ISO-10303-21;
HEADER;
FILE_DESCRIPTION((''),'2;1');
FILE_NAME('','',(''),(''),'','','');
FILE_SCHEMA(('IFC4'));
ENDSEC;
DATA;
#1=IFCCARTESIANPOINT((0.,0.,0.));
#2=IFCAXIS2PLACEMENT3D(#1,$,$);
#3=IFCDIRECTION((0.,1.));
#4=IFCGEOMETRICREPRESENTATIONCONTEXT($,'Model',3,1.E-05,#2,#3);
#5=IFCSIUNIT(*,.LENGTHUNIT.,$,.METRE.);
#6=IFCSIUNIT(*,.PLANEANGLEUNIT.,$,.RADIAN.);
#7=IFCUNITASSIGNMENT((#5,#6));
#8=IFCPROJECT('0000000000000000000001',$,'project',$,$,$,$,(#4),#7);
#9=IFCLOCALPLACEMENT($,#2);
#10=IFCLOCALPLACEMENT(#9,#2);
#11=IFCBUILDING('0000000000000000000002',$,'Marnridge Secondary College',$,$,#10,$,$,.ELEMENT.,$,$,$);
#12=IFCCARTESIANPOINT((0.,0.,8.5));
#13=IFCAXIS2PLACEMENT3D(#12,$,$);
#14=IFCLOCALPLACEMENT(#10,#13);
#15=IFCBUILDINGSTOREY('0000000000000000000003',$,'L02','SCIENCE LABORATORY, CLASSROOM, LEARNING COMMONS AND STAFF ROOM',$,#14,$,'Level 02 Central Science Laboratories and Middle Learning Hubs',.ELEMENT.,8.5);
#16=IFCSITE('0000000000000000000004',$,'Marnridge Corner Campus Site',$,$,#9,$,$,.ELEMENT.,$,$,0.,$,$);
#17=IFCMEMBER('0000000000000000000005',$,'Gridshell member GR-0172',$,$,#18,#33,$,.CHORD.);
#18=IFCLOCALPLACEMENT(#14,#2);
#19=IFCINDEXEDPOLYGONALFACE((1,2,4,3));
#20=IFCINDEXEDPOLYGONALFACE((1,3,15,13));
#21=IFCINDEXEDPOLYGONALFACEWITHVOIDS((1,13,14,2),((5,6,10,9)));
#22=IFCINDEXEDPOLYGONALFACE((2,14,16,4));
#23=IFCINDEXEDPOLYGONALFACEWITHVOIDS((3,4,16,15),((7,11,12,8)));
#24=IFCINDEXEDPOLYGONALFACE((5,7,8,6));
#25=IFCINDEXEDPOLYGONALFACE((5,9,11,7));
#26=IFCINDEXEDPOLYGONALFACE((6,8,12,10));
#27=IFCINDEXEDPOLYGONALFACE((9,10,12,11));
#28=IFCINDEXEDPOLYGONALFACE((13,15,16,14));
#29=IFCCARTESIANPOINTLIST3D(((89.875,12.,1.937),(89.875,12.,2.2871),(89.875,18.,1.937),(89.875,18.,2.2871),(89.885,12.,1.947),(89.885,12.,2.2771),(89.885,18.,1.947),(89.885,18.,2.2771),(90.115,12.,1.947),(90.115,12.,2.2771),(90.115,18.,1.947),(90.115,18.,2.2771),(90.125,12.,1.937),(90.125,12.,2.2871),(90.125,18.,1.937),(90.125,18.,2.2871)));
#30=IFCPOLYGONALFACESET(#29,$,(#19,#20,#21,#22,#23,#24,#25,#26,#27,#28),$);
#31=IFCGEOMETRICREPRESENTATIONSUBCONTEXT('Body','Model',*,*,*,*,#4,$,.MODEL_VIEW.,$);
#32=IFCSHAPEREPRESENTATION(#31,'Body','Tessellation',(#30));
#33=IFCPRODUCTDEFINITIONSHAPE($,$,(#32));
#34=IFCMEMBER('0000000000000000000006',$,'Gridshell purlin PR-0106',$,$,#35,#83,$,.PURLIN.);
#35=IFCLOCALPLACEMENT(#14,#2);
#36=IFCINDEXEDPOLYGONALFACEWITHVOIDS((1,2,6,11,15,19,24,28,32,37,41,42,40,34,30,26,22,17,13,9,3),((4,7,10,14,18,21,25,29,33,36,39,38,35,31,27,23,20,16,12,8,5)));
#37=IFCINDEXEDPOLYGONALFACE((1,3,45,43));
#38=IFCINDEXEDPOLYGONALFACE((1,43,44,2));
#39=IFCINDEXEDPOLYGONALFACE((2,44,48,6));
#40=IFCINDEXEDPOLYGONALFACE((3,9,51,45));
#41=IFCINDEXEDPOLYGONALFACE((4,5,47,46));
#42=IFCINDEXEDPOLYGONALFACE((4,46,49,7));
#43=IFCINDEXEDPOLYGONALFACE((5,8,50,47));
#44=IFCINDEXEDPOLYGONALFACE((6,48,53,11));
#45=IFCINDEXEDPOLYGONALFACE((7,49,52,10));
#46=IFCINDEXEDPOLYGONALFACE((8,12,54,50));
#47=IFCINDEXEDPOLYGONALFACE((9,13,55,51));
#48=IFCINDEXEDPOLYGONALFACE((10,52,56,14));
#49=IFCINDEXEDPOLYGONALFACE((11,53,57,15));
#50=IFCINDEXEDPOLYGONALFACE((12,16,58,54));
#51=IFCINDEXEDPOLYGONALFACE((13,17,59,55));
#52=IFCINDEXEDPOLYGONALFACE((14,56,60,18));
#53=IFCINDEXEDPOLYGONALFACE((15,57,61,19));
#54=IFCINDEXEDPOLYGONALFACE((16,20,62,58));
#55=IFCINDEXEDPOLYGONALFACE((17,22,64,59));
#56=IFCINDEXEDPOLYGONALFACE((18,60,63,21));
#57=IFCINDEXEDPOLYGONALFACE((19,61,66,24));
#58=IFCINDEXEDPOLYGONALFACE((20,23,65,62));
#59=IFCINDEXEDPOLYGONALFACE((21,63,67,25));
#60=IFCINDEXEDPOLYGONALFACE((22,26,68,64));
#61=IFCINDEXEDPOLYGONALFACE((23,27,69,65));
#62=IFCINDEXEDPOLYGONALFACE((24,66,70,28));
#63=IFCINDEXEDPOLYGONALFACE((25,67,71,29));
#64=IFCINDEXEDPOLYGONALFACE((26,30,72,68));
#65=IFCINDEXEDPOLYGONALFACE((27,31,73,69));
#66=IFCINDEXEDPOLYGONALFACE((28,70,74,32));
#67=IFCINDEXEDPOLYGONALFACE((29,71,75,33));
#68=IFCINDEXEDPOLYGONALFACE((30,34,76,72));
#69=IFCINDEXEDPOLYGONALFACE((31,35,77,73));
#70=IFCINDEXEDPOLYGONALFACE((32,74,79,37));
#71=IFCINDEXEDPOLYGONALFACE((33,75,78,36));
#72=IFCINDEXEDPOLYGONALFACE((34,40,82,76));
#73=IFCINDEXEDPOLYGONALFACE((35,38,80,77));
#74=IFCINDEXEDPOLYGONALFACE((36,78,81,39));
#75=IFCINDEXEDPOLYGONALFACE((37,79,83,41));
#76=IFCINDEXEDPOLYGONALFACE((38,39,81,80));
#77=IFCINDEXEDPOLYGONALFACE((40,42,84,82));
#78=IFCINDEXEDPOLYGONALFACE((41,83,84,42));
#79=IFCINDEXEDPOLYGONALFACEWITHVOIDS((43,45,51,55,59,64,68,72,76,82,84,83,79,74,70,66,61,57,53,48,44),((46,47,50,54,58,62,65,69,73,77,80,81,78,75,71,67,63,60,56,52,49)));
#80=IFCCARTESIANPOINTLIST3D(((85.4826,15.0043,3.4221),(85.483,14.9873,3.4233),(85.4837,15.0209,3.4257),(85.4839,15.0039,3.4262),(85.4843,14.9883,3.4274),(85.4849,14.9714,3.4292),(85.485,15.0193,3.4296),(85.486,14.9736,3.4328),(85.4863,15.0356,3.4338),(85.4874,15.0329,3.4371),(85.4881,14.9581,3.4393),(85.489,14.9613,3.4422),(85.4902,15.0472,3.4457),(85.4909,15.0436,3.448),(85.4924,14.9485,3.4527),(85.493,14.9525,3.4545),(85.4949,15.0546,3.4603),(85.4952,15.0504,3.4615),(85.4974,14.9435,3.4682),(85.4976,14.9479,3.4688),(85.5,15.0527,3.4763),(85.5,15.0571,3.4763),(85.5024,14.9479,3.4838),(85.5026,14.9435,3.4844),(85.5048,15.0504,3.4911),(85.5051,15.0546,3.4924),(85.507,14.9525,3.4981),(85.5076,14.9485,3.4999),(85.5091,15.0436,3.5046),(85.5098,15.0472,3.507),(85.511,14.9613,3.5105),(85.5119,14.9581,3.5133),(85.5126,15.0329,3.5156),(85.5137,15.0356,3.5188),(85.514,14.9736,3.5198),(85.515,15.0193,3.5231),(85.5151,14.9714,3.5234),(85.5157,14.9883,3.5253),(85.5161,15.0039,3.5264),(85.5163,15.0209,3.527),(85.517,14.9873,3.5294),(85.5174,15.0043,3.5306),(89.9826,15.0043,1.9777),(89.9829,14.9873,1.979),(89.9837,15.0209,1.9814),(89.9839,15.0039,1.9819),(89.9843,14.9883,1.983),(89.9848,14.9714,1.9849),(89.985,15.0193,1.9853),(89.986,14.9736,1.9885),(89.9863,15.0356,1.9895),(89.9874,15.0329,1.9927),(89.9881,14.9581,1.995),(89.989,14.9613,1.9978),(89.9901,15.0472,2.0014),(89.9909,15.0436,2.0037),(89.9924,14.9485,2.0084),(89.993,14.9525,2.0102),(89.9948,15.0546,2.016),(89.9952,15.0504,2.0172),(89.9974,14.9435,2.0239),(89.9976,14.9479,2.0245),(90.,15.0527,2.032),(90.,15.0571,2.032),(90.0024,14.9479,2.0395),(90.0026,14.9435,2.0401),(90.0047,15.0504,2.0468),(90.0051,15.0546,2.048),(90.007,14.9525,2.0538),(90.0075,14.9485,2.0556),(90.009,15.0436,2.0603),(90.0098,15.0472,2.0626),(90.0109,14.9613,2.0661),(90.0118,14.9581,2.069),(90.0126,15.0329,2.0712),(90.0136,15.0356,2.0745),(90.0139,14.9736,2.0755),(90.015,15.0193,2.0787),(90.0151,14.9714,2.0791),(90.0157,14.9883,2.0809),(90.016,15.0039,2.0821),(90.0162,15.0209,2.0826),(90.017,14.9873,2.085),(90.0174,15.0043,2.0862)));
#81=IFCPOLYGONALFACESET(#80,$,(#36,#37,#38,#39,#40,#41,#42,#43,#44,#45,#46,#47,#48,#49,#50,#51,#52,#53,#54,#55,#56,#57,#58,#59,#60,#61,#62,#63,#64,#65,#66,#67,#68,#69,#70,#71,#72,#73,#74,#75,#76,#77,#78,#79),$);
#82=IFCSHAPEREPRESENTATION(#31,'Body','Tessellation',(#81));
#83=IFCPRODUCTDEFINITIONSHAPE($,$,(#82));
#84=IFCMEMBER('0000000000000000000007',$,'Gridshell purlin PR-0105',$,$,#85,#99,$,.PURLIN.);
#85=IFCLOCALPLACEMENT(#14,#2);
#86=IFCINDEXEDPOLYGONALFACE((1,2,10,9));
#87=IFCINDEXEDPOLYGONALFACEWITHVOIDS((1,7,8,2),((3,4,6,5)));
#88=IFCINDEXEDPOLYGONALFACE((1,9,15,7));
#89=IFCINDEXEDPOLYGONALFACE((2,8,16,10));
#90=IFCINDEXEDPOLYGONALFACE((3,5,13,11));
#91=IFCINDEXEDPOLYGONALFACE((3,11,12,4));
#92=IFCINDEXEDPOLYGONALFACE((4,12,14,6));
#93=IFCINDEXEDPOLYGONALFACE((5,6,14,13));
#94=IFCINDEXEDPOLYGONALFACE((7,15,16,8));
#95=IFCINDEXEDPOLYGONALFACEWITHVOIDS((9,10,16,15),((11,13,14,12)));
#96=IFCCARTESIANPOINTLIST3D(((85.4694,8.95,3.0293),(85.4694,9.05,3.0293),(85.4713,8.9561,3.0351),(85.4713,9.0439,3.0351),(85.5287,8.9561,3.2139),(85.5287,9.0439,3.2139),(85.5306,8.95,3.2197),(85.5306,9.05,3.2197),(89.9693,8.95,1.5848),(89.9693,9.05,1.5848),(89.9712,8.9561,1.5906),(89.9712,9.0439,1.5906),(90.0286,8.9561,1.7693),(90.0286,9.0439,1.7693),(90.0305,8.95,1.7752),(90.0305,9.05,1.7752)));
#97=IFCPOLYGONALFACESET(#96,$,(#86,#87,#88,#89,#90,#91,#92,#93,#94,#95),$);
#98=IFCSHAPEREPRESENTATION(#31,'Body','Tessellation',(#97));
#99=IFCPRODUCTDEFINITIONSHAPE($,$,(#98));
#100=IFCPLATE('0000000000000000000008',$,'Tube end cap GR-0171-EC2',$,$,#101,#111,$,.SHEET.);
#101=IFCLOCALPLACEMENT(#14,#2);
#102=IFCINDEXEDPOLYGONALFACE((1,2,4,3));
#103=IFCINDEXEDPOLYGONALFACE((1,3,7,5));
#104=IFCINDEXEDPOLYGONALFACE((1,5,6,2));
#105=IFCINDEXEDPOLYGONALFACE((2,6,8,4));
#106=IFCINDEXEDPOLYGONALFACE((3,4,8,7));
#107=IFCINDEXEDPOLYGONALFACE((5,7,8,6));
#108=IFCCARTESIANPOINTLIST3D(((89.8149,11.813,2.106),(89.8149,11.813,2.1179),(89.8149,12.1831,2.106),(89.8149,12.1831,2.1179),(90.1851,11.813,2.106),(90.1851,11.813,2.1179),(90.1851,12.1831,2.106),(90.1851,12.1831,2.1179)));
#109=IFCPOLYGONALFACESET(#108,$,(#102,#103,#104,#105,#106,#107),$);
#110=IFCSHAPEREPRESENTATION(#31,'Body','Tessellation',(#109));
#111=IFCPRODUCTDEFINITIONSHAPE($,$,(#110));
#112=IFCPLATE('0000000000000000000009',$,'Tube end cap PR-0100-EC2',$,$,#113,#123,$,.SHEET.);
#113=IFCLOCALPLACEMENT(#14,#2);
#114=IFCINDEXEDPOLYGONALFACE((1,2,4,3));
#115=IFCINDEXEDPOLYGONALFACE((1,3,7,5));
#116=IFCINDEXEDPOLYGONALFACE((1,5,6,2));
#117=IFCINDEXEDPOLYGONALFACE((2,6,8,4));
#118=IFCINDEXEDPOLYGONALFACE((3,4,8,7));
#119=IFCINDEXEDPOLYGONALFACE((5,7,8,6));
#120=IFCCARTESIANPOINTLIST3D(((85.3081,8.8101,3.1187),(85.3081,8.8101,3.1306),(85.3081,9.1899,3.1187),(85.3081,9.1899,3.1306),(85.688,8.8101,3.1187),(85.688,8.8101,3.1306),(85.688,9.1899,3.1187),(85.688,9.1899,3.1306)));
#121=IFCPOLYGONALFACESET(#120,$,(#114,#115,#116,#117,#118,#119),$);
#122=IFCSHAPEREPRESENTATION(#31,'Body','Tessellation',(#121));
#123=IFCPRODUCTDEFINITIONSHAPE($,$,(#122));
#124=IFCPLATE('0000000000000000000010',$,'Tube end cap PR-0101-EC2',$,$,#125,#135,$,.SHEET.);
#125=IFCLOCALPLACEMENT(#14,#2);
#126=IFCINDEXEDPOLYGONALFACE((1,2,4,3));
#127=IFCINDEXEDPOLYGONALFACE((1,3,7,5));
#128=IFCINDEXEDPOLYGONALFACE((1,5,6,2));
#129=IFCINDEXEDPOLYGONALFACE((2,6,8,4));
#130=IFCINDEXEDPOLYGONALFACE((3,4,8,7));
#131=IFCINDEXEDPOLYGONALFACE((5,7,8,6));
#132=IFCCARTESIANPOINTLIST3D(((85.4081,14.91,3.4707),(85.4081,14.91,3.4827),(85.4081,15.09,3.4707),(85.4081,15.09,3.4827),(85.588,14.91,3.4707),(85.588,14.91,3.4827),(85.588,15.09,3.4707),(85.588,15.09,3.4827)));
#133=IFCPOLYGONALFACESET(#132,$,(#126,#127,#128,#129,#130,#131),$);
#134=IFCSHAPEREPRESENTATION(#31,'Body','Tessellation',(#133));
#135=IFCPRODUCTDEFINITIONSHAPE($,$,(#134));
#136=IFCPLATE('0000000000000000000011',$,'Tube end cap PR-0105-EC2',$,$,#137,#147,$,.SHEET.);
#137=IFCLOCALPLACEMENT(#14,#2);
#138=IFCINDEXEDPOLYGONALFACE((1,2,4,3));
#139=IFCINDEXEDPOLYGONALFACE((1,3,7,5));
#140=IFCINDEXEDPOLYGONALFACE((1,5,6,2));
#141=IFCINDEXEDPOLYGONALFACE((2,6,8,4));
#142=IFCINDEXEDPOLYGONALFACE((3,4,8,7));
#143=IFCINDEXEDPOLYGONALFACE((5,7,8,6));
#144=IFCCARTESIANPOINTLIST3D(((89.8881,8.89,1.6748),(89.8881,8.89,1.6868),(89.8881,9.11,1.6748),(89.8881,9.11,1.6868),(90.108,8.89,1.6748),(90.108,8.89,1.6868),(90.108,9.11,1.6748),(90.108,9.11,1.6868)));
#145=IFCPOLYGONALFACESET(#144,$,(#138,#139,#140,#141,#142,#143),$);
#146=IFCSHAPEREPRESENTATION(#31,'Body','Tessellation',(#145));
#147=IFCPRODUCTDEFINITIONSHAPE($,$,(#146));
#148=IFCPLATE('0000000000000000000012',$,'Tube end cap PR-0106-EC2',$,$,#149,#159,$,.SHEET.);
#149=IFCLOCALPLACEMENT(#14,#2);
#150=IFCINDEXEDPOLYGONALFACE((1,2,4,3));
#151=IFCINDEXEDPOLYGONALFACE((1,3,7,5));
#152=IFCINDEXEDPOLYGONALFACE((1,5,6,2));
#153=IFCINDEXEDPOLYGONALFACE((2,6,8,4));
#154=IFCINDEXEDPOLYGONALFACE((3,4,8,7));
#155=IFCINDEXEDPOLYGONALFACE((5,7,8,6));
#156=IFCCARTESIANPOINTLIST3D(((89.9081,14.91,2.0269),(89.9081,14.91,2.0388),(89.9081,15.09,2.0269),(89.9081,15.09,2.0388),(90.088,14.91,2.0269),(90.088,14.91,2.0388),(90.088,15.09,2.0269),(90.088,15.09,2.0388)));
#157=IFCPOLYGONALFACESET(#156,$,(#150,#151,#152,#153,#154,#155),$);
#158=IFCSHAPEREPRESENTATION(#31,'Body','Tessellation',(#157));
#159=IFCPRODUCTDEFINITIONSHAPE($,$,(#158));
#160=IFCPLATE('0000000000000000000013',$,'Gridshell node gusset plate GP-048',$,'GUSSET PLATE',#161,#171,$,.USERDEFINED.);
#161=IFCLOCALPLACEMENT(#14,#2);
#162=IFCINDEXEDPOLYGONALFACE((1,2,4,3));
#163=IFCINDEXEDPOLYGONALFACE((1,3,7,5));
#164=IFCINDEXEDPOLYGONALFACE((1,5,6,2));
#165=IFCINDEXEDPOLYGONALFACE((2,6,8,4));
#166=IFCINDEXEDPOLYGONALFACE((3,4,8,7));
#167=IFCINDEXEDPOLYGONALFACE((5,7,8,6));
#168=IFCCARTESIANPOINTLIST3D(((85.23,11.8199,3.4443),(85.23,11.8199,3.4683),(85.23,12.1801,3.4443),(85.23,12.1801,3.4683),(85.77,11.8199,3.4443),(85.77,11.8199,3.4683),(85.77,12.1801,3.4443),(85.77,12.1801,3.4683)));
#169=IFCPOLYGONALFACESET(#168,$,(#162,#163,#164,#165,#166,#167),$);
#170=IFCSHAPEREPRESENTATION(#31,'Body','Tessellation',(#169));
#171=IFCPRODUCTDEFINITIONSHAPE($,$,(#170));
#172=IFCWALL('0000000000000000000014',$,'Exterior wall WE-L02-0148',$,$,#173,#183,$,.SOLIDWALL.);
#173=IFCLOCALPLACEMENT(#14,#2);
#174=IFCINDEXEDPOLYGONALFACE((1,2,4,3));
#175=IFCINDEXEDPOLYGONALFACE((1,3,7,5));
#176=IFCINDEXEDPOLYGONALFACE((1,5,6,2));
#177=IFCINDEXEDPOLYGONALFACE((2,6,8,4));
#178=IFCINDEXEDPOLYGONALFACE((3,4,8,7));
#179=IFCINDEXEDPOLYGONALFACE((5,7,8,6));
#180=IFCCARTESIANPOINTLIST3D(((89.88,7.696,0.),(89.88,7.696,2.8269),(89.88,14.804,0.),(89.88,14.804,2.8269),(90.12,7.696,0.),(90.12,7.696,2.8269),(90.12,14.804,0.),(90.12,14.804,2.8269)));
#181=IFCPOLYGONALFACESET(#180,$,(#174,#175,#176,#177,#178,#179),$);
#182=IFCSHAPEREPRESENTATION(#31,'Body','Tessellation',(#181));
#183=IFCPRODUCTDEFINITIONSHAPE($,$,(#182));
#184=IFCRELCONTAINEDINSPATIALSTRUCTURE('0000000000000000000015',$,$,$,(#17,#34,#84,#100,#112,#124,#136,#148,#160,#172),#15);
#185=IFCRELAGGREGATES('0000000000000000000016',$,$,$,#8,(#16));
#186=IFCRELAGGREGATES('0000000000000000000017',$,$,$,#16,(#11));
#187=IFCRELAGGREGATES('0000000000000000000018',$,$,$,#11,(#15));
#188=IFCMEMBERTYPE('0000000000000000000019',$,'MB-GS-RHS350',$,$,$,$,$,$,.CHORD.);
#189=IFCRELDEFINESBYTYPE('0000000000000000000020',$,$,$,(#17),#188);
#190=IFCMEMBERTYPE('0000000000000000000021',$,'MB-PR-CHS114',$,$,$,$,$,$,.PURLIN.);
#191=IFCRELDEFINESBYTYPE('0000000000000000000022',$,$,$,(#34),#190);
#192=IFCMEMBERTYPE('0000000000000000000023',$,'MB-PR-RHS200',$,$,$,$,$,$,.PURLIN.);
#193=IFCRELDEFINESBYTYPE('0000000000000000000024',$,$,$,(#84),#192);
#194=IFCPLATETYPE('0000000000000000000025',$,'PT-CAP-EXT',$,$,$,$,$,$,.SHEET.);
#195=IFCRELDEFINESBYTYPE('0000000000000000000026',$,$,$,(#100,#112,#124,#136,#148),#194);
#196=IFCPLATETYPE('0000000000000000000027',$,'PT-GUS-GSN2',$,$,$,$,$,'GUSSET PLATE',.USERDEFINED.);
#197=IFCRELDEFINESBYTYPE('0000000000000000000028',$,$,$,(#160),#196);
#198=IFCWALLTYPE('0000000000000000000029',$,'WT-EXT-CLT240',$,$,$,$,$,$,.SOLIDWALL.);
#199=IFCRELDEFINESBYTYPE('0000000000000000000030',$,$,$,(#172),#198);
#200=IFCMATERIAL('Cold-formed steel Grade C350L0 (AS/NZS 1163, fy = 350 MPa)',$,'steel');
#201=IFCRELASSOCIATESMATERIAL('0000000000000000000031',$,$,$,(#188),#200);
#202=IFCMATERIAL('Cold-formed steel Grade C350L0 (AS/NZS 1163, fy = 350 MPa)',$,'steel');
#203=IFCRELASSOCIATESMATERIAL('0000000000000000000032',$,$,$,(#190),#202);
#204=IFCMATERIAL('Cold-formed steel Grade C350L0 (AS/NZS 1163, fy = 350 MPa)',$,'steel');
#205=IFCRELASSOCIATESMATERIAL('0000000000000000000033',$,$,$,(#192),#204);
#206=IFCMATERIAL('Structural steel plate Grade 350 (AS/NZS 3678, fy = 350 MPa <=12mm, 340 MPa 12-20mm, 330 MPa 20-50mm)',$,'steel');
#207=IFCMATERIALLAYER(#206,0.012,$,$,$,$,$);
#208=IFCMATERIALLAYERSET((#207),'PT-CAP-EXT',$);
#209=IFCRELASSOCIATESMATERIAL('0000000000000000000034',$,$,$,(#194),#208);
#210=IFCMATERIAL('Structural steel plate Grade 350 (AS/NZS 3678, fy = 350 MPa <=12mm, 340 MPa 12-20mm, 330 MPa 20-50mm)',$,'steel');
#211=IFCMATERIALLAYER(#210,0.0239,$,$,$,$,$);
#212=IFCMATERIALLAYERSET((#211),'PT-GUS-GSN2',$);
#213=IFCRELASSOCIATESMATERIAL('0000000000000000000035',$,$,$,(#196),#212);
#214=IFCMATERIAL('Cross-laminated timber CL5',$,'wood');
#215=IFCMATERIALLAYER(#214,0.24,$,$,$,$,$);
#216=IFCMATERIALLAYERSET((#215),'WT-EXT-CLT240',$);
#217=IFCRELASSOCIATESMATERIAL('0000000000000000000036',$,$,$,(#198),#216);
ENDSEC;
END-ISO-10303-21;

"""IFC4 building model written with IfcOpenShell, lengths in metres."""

from ifc_helpers import new_model, si_unit, direction, frame, frame_2d, origin, origin_2d, place, context, subcontext, project, spatial, rectangle, hollow_rectangle, hollow_circle, extrude, material, layer, layer_set, material_profile, profile_set, type_object, element, save


model = new_model("IFC4")

# Units and contexts
model_context = context("Model", 3, precision=1e-05, world=origin(), true_north=direction((0.0, 1.0)))
body_context = subcontext(model_context, "Body", "Model", "MODEL_VIEW")
ifc_project = project(units=[si_unit("LENGTHUNIT", "METRE"), si_unit("PLANEANGLEUNIT", "RADIAN")], contexts=[model_context])

# Site, building, storey
site_placement = place(None, origin())
site = spatial("IfcSite", under=ifc_project, at=site_placement, Name="Marnridge Corner Campus Site", CompositionType="ELEMENT", RefElevation=0.0)
building_placement = place(site_placement, origin())
building = spatial("IfcBuilding", under=site, at=building_placement, Name="Marnridge Secondary College", CompositionType="ELEMENT")
storey_placement = place(building_placement, frame((0.0, 0.0, 8.5)))
storey = spatial("IfcBuildingStorey", under=building, at=storey_placement, Name="L02", Description="SCIENCE LABORATORY, CLASSROOM, LEARNING COMMONS AND STAFF ROOM", LongName="Level 02 Central Science Laboratories and Middle Learning Hubs", CompositionType="ELEMENT", Elevation=8.5)

# Members
ifc_material_1 = material(Name="Cold-formed steel Grade C350L0 (AS/NZS 1163, fy = 350 MPa)", Category="steel")
ifc_material_profile_1 = material_profile(ifc_material_1, hollow_rectangle(XDim=0.25, YDim=0.3501, WallThickness=0.01, at=origin_2d()), Name="350x250x10.0RHS")
ifc_profile_set_1 = profile_set([ifc_material_profile_1], Name="Cold-formed steel Grade C350L0 (AS/NZS 1163, fy = 350 MPa)")
member_type_1 = type_object("IfcMemberType", Name="MB-GS-RHS350", PredefinedType="CHORD", material=ifc_profile_set_1)
member_1_placement = place(storey_placement, frame((90.0, 12.0, 2.1121), z_axis=(0.0, 1.0, 0.0), x_axis=(-1.0, 0.0, 0.0)))
element("IfcMember", 1, at=member_1_placement, inside=storey, type_object=member_type_1, Name="Gridshell member GR-0172", PredefinedType="CHORD", context=body_context, shape_type="SweptSolid", body=[
    extrude(hollow_rectangle(XDim=0.25, YDim=0.3501, WallThickness=0.01, at=origin_2d()), origin(), (0.0, 0.0, 1.0), 6.0),
])
ifc_material_2 = material(Name="Cold-formed steel Grade C350L0 (AS/NZS 1163, fy = 350 MPa)", Category="steel")
ifc_material_profile_2 = material_profile(ifc_material_2, hollow_circle(Radius=0.0571, WallThickness=0.0044, at=origin_2d()), Name="114.3x4.5CHS")
ifc_profile_set_2 = profile_set([ifc_material_profile_2], Name="Cold-formed steel Grade C350L0 (AS/NZS 1163, fy = 350 MPa)")
member_type_2 = type_object("IfcMemberType", Name="MB-PR-CHS114", PredefinedType="PURLIN", material=ifc_profile_set_2)
member_2_placement = place(storey_placement, frame((85.5, 15.0, 3.4763), z_axis=(0.952157, 0.0, -0.305608), x_axis=(0.0, 1.0, 0.0)))
element("IfcMember", 2, at=member_2_placement, inside=storey, type_object=member_type_2, Name="Gridshell purlin PR-0106", PredefinedType="PURLIN", context=body_context, shape_type="SweptSolid", body=[
    extrude(hollow_circle(Radius=0.0571, WallThickness=0.0044, at=origin_2d()), origin(), (0.0, 0.0, 1.0), 4.7261),
])
ifc_material_3 = material(Name="Cold-formed steel Grade C350L0 (AS/NZS 1163, fy = 350 MPa)", Category="steel")
ifc_material_profile_3 = material_profile(ifc_material_3, hollow_rectangle(XDim=0.1001, YDim=0.2, WallThickness=0.0061, at=origin_2d()), Name="200x100x6.0RHS")
ifc_profile_set_3 = profile_set([ifc_material_profile_3], Name="Cold-formed steel Grade C350L0 (AS/NZS 1163, fy = 350 MPa)")
member_type_3 = type_object("IfcMemberType", Name="MB-PR-RHS200", PredefinedType="PURLIN", material=ifc_profile_set_3)
member_3_placement = place(storey_placement, frame((85.5, 9.0, 3.1245), z_axis=(0.952142, 0.0, -0.305655), x_axis=(0.0, 1.0, 0.0)))
element("IfcMember", 3, at=member_3_placement, inside=storey, type_object=member_type_3, Name="Gridshell purlin PR-0105", PredefinedType="PURLIN", context=body_context, shape_type="SweptSolid", body=[
    extrude(hollow_rectangle(XDim=0.1001, YDim=0.2, WallThickness=0.0061, at=origin_2d()), origin(), (0.0, 0.0, 1.0), 4.7261),
])

# Plates
ifc_material_4 = material(Name="Structural steel plate Grade 350 (AS/NZS 3678, fy = 350 MPa <=12mm, 340 MPa 12-20mm, 330 MPa 20-50mm)", Category="steel")
ifc_layer_1 = layer(ifc_material_4, 0.012)
ifc_layer_set_1 = layer_set([ifc_layer_1], Name="PT-CAP-EXT")
plate_type_1 = type_object("IfcPlateType", Name="PT-CAP-EXT", PredefinedType="SHEET", material=ifc_layer_set_1)
plate_1_placement = place(storey_placement, frame((90.0, 11.998, 2.106), z_axis=(0.0, 0.0, 1.0), x_axis=(0.0, 1.0, 0.0)))
element("IfcPlate", 4, at=plate_1_placement, inside=storey, type_object=plate_type_1, Name="Tube end cap GR-0171-EC2", PredefinedType="SHEET", context=body_context, shape_type="SweptSolid", body=[
    extrude(rectangle(XDim=0.3701, YDim=0.3701, at=origin_2d()), origin(), (0.0, 0.0, 1.0), 0.012),
])
plate_2_placement = place(storey_placement, frame((85.498, 9.0, 3.1187), z_axis=(0.0, 0.0, 1.0), x_axis=(1.0, 0.0, 0.0)))
element("IfcPlate", 5, at=plate_2_placement, inside=storey, type_object=plate_type_1, Name="Tube end cap PR-0100-EC2", PredefinedType="SHEET", context=body_context, shape_type="SweptSolid", body=[
    extrude(rectangle(XDim=0.3799, YDim=0.3799, at=origin_2d()), origin(), (0.0, 0.0, 1.0), 0.012),
])
plate_3_placement = place(storey_placement, frame((85.498, 15.0, 3.4707), z_axis=(0.0, 0.0, 1.0), x_axis=(1.0, 0.0, 0.0)))
element("IfcPlate", 6, at=plate_3_placement, inside=storey, type_object=plate_type_1, Name="Tube end cap PR-0101-EC2", PredefinedType="SHEET", context=body_context, shape_type="SweptSolid", body=[
    extrude(rectangle(XDim=0.1799, YDim=0.1799, at=origin_2d()), origin(), (0.0, 0.0, 1.0), 0.012),
])
plate_4_placement = place(storey_placement, frame((89.998, 9.0, 1.6748), z_axis=(0.0, 0.0, 1.0), x_axis=(1.0, 0.0, 0.0)))
element("IfcPlate", 7, at=plate_4_placement, inside=storey, type_object=plate_type_1, Name="Tube end cap PR-0105-EC2", PredefinedType="SHEET", context=body_context, shape_type="SweptSolid", body=[
    extrude(rectangle(XDim=0.22, YDim=0.22, at=origin_2d()), origin(), (0.0, 0.0, 1.0), 0.012),
])
plate_5_placement = place(storey_placement, frame((89.998, 15.0, 2.0269), z_axis=(0.0, 0.0, 1.0), x_axis=(1.0, 0.0, 0.0)))
element("IfcPlate", 8, at=plate_5_placement, inside=storey, type_object=plate_type_1, Name="Tube end cap PR-0106-EC2", PredefinedType="SHEET", context=body_context, shape_type="SweptSolid", body=[
    extrude(rectangle(XDim=0.1799, YDim=0.1799, at=origin_2d()), origin(), (0.0, 0.0, 1.0), 0.012),
])
ifc_material_5 = material(Name="Structural steel plate Grade 350 (AS/NZS 3678, fy = 350 MPa <=12mm, 340 MPa 12-20mm, 330 MPa 20-50mm)", Category="steel")
ifc_layer_2 = layer(ifc_material_5, 0.0239)
ifc_layer_set_2 = layer_set([ifc_layer_2], Name="PT-GUS-GSN2")
plate_type_2 = type_object("IfcPlateType", Name="PT-GUS-GSN2", ElementType="GUSSET PLATE", PredefinedType="USERDEFINED", material=ifc_layer_set_2)
plate_6_placement = place(storey_placement, frame((85.5, 12.0, 3.4443), z_axis=(0.0, 0.0, 1.0), x_axis=(1.0, 0.0, 0.0)))
element("IfcPlate", 9, at=plate_6_placement, inside=storey, type_object=plate_type_2, Name="Gridshell node gusset plate GP-048", ObjectType="GUSSET PLATE", PredefinedType="USERDEFINED", context=body_context, shape_type="SweptSolid", body=[
    extrude(rectangle(XDim=0.54, YDim=0.3601, at=origin_2d()), origin(), (0.0, 0.0, 1.0), 0.0239),
])

# Wall
ifc_material_6 = material(Name="Cross-laminated timber CL5", Category="wood")
ifc_layer_3 = layer(ifc_material_6, 0.24)
ifc_layer_set_3 = layer_set([ifc_layer_3], Name="WT-EXT-CLT240")
wall_type_1 = type_object("IfcWallType", Name="WT-EXT-CLT240", PredefinedType="SOLIDWALL", material=ifc_layer_set_3)
for number, where, z_axis, x_axis, name in (
    (10, (90.0, 7.696, 0.0), (0.0, 0.0, 1.0), (0.0, 1.0, 0.0), "Exterior wall WE-L02-0148"),
):
    element("IfcWall", number, at=place(storey_placement, frame(where, z_axis=z_axis, x_axis=x_axis)), inside=storey, type_object=wall_type_1, Name=name, PredefinedType="SOLIDWALL", context=body_context, shape_type="SweptSolid", body=[
        extrude(rectangle(XDim=7.1079, YDim=0.24, at=frame_2d((3.554, 0.0))), origin(), (0.0, 0.0, 1.0), 2.8269),
    ])

save(model, "model.ifc")
